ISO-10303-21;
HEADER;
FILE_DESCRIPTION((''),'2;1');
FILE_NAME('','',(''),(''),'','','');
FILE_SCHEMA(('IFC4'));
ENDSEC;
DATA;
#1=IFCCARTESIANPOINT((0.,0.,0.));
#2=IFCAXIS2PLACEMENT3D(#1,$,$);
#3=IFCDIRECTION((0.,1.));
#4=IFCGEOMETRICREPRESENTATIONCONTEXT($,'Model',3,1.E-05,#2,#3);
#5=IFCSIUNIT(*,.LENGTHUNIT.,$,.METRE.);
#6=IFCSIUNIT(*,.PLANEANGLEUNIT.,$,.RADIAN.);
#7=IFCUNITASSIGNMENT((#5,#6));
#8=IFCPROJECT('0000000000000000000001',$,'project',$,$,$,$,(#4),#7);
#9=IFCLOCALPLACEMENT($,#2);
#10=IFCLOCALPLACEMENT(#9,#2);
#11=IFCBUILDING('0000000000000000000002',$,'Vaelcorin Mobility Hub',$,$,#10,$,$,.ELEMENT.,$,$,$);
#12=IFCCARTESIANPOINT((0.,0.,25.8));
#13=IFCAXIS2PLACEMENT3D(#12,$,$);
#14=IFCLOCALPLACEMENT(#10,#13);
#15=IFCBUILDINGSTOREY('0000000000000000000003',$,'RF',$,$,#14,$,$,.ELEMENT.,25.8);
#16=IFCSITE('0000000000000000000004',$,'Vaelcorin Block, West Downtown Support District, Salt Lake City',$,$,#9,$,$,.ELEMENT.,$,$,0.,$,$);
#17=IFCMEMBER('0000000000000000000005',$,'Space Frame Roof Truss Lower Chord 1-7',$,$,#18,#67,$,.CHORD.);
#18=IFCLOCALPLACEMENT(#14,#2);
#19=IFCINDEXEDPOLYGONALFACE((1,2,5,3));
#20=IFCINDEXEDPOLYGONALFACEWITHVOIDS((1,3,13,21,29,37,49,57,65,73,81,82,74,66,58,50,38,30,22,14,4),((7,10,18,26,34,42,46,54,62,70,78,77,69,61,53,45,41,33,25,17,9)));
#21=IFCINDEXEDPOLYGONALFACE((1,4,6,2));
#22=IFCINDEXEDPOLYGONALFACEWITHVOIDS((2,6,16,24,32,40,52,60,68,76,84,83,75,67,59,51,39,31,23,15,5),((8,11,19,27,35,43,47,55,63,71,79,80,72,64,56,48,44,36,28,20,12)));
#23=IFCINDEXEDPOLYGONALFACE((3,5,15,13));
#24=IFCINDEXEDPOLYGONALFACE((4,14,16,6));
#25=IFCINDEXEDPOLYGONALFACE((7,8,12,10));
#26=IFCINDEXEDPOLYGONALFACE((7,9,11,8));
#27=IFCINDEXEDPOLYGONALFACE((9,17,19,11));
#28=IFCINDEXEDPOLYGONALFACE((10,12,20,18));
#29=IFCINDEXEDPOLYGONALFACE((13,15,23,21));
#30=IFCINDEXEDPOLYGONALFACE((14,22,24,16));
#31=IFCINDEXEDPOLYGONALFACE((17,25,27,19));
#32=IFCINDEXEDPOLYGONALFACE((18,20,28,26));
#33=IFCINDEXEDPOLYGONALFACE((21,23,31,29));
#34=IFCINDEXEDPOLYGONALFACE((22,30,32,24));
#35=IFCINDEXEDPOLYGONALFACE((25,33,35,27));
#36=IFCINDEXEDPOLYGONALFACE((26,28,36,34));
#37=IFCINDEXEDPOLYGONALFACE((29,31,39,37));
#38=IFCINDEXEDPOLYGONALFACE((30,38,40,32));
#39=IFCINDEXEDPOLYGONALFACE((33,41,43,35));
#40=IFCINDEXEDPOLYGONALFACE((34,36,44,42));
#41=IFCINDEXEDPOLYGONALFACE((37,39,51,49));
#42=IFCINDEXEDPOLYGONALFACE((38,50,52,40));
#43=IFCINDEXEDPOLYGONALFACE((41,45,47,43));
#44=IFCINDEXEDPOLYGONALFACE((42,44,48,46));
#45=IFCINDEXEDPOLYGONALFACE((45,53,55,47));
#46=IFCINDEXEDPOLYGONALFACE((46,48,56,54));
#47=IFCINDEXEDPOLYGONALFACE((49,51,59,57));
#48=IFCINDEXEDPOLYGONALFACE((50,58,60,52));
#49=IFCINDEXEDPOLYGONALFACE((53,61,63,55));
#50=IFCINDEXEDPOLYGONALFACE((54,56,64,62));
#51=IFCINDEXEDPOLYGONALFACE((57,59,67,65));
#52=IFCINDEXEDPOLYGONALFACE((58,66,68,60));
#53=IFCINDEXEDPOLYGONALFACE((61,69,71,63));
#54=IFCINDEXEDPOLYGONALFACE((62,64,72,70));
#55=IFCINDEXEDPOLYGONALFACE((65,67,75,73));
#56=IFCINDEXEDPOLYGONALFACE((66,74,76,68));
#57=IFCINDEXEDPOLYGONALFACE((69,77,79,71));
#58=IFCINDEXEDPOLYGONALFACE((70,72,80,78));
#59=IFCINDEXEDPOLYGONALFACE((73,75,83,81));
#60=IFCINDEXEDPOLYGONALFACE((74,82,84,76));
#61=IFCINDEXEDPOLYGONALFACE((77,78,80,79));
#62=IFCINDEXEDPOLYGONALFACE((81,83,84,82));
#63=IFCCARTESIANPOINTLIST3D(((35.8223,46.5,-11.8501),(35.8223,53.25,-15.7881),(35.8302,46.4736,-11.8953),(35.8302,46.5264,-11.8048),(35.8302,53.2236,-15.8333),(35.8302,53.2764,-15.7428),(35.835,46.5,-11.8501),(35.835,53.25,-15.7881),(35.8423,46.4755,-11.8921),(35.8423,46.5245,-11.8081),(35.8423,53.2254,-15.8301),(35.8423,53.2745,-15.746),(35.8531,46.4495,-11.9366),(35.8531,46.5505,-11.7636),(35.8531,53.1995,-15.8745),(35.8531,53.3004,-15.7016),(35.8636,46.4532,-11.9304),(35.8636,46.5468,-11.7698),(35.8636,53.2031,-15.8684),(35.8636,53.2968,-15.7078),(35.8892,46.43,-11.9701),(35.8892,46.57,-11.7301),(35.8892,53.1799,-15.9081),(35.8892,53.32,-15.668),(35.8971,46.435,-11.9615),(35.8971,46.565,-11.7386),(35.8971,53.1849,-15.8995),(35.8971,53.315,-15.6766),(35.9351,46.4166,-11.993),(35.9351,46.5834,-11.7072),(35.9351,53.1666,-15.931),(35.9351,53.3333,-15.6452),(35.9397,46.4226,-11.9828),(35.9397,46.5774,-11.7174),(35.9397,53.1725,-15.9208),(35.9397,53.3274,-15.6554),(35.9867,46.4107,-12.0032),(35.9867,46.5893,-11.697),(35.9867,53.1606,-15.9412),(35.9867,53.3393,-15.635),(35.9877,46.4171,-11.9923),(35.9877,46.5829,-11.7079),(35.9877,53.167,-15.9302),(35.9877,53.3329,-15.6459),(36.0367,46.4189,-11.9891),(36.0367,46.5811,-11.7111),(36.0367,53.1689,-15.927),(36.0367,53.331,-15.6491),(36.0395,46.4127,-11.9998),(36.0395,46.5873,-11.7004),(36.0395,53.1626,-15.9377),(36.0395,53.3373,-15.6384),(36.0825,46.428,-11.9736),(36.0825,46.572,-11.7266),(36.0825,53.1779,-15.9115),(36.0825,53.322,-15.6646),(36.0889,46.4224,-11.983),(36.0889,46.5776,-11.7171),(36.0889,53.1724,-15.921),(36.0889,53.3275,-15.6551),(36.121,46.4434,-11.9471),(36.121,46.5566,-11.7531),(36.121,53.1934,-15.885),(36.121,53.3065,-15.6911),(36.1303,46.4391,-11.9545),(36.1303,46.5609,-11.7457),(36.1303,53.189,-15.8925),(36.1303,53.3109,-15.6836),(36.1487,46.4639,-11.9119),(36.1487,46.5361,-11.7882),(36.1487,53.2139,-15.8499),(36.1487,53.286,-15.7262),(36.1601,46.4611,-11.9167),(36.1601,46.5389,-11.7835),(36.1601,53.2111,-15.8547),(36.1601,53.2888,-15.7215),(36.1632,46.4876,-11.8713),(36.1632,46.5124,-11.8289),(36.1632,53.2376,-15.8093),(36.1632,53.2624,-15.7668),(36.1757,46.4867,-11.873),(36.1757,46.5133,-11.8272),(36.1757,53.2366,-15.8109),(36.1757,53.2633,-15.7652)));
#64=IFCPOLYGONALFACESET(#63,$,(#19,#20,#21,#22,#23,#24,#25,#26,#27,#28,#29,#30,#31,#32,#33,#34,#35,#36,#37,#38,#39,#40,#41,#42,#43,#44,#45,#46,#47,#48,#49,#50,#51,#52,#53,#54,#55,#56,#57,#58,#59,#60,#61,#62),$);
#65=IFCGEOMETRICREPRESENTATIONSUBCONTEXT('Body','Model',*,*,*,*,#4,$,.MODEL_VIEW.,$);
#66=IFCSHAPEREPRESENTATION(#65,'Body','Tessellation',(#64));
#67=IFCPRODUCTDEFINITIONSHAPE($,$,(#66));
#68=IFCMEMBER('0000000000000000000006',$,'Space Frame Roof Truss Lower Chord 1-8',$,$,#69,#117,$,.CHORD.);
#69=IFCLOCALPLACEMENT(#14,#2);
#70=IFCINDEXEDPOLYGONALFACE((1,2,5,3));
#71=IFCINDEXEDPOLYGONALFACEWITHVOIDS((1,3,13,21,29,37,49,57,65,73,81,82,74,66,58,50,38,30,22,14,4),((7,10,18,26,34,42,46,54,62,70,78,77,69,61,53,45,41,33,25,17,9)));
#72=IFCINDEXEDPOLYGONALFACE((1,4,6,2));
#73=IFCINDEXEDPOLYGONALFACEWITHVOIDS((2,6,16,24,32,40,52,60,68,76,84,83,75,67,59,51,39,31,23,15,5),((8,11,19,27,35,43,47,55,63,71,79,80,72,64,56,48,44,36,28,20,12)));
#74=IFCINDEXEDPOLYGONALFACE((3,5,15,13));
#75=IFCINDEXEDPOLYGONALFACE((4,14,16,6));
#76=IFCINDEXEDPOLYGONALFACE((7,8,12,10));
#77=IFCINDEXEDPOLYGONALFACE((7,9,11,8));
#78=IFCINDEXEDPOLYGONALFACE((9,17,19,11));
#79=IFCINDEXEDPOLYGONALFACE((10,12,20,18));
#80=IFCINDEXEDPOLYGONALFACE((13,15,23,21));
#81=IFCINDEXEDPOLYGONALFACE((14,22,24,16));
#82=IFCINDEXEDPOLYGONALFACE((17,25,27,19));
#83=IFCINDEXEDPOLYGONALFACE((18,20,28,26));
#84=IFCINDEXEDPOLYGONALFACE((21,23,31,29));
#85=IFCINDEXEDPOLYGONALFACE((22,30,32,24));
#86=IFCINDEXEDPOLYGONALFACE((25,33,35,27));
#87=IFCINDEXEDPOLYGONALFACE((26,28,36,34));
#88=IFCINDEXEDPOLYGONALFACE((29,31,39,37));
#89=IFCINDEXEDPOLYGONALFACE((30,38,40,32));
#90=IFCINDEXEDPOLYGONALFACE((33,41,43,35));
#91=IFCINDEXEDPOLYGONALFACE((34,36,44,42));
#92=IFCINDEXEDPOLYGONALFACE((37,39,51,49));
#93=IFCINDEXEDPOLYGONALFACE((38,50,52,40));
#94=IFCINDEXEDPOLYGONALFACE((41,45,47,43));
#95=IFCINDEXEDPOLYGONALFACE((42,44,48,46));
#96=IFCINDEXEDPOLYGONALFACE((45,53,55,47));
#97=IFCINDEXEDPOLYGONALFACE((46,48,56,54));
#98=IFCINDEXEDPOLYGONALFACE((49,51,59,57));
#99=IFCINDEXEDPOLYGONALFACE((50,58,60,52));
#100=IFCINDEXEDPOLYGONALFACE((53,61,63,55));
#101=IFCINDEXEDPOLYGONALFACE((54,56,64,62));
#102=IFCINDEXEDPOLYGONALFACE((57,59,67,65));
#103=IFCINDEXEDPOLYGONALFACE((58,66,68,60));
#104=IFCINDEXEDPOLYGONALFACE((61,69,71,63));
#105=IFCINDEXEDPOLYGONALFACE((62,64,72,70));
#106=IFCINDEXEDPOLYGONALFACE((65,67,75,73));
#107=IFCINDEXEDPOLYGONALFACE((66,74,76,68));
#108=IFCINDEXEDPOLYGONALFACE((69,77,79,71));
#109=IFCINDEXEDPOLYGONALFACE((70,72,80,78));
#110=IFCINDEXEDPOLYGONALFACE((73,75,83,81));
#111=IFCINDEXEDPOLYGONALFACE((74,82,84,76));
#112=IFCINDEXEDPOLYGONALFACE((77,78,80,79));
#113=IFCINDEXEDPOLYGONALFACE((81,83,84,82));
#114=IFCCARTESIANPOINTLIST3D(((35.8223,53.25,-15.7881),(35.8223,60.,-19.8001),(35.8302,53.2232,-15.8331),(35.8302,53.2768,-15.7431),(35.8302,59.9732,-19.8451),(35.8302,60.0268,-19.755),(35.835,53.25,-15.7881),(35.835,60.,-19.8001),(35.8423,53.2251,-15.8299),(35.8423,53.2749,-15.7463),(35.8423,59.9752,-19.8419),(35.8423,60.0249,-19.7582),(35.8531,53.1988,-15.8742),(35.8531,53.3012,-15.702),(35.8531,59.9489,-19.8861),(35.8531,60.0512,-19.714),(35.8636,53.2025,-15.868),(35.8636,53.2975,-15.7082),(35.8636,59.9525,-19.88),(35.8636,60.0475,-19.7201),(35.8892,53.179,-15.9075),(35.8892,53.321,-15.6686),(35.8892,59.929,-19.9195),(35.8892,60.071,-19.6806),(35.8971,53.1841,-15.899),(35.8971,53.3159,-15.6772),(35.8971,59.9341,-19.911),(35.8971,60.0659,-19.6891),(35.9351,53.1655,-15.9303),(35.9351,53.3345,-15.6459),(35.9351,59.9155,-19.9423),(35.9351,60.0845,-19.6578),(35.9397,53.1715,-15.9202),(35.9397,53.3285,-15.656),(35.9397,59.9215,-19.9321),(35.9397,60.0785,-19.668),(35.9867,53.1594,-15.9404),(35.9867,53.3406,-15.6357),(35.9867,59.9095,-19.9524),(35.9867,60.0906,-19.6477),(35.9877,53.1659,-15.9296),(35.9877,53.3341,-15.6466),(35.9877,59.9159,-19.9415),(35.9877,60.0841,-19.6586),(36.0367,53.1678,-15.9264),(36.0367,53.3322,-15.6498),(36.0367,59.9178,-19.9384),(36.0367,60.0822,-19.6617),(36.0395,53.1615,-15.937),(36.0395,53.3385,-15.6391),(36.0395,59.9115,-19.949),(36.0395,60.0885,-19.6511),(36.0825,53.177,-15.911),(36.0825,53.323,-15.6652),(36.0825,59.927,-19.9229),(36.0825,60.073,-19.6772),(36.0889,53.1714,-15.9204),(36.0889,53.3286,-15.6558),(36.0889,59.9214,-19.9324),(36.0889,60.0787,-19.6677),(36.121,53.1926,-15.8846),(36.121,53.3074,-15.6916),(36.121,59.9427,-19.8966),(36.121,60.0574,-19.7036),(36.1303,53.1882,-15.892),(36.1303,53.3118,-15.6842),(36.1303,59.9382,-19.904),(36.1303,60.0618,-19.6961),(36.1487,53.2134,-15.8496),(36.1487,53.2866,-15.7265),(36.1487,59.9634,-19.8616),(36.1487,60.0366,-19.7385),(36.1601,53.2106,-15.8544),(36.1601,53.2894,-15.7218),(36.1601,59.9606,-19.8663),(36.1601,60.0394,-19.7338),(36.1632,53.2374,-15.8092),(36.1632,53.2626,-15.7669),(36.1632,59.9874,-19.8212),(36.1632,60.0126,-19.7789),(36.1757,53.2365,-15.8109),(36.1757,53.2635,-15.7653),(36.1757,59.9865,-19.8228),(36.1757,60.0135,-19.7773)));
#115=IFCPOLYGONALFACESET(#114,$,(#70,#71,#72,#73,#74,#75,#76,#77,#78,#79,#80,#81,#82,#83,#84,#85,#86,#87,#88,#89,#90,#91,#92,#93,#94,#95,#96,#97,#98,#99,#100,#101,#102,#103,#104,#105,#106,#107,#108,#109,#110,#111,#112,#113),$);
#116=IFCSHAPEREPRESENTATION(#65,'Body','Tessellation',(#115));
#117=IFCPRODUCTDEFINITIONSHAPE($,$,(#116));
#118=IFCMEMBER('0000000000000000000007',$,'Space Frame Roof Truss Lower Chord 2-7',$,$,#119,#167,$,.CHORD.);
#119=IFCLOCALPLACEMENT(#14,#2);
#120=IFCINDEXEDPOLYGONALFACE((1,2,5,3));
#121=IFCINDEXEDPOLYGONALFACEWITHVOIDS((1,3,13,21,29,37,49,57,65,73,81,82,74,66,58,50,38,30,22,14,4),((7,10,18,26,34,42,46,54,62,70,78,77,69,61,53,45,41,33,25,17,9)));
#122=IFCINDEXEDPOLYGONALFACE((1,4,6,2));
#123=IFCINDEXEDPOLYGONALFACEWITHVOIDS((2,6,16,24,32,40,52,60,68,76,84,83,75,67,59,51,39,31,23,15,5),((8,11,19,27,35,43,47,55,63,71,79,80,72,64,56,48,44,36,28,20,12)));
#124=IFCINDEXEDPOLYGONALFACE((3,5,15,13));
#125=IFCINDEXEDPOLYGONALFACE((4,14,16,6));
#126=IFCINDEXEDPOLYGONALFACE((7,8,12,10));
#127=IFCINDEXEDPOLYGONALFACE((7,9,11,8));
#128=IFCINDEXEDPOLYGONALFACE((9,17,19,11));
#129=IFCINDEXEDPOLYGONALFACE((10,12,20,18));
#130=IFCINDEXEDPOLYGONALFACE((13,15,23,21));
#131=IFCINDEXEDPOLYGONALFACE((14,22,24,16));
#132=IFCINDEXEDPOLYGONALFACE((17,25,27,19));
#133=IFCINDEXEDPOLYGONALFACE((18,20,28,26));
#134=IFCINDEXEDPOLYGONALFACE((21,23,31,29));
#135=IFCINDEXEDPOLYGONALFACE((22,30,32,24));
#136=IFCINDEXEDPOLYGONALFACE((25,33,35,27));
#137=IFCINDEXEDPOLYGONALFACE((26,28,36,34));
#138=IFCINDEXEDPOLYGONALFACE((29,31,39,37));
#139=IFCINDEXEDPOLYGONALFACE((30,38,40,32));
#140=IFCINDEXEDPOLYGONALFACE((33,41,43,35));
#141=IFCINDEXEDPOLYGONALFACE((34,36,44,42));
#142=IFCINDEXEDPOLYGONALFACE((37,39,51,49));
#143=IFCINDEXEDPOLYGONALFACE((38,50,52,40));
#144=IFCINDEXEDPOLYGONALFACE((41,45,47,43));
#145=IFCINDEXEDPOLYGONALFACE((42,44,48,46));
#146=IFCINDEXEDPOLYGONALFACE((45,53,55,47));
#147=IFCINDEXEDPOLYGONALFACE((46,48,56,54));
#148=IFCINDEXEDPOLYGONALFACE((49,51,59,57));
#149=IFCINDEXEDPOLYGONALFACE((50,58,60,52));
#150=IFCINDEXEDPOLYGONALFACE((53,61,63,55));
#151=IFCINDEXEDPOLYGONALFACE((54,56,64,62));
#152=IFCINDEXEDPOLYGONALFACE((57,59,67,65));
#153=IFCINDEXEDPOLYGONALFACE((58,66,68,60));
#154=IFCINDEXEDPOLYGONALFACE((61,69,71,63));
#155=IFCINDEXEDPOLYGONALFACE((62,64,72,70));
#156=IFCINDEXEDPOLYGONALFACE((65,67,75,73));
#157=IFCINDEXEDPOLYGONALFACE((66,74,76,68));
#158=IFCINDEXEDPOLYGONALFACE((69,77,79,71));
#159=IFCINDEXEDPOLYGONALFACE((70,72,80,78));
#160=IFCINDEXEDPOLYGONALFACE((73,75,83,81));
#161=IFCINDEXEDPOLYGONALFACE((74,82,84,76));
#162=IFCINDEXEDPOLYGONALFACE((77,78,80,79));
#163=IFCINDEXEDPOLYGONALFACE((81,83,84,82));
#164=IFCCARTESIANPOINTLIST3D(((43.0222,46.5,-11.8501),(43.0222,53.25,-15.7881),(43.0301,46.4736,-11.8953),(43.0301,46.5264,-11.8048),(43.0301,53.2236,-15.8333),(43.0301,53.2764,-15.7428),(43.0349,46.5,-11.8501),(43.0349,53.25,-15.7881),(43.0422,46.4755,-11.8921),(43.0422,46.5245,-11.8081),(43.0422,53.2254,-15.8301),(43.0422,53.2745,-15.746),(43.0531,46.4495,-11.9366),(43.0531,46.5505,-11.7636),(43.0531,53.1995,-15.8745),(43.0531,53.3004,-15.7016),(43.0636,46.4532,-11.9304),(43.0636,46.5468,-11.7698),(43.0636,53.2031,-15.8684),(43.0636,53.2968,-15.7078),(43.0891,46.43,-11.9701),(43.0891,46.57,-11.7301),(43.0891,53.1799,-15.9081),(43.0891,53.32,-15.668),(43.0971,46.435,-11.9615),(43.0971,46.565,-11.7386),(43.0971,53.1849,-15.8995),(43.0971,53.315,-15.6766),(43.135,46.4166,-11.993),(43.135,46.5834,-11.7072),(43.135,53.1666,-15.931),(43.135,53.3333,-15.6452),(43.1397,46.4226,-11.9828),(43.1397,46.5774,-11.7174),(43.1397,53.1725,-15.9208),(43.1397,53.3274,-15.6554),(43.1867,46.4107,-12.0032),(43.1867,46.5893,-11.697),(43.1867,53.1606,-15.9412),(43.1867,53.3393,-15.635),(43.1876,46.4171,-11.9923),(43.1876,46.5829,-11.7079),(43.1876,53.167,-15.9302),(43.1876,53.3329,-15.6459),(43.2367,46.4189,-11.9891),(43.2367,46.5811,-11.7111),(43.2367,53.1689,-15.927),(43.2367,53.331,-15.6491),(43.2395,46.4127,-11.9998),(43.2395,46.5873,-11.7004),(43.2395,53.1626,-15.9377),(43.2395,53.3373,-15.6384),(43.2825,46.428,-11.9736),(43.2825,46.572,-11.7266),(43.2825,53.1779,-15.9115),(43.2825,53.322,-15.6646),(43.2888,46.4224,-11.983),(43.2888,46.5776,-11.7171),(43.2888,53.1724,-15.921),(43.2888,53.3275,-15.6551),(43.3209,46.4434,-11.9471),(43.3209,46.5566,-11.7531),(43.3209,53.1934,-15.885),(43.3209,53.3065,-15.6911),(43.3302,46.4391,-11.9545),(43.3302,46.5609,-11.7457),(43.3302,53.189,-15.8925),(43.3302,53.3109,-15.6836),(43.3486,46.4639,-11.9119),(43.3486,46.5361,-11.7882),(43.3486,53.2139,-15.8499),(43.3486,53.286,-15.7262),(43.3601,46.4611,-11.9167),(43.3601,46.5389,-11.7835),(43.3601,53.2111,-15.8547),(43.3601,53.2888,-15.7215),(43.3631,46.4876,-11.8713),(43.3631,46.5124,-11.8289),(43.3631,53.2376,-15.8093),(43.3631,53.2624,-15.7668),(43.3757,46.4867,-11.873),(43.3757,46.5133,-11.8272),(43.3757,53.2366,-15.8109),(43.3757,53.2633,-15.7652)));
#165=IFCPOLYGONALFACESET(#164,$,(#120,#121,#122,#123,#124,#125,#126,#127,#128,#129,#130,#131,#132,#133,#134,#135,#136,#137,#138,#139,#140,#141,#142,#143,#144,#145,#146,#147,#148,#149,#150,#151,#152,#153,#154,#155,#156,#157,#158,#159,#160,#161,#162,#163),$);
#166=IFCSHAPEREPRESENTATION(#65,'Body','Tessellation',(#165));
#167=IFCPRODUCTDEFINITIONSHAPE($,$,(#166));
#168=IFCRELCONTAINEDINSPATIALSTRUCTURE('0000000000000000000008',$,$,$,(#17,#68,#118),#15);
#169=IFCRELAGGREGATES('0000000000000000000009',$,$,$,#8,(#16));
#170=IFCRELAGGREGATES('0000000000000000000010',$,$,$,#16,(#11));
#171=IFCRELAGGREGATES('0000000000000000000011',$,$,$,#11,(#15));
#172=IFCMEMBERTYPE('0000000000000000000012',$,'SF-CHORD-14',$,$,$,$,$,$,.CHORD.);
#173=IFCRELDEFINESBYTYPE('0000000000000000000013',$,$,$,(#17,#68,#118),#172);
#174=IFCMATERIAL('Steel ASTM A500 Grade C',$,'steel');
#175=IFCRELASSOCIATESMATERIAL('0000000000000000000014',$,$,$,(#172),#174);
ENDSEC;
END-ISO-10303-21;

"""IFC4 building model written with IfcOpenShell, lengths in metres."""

from ifc_helpers import new_model, si_unit, direction, frame, origin, origin_2d, place, context, subcontext, project, spatial, hollow_circle, extrude, material, material_profile, profile_set, type_object, element, save


model = new_model("IFC4")

# Units and contexts
model_context = context("Model", 3, precision=1e-05, world=origin(), true_north=direction((0.0, 1.0)))
body_context = subcontext(model_context, "Body", "Model", "MODEL_VIEW")
ifc_project = project(units=[si_unit("LENGTHUNIT", "METRE"), si_unit("PLANEANGLEUNIT", "RADIAN")], contexts=[model_context])

# Site, building, storey
site_placement = place(None, origin())
site = spatial("IfcSite", under=ifc_project, at=site_placement, Name="Vaelcorin Block, West Downtown Support District, Salt Lake City", CompositionType="ELEMENT", RefElevation=0.0)
building_placement = place(site_placement, origin())
building = spatial("IfcBuilding", under=site, at=building_placement, Name="Vaelcorin Mobility Hub", CompositionType="ELEMENT")
storey_placement = place(building_placement, frame((0.0, 0.0, 25.8)))
storey = spatial("IfcBuildingStorey", under=building, at=storey_placement, Name="RF", CompositionType="ELEMENT", Elevation=25.8)

# Members
ifc_material_1 = material(Name="Steel ASTM A500 Grade C", Category="steel")
ifc_material_profile_1 = material_profile(ifc_material_1, hollow_circle(Radius=0.1777, WallThickness=0.0127, at=origin_2d()), Name="HSS14.000X0.500")
ifc_profile_set_1 = profile_set([ifc_material_profile_1], Name="Steel ASTM A500 Grade C")
member_type_1 = type_object("IfcMemberType", Name="SF-CHORD-14", PredefinedType="CHORD", material=ifc_profile_set_1)
member_1_placement = place(storey_placement, frame((36.0, 46.5, -11.8501), z_axis=(0.0, 0.863752, -0.503918), x_axis=(-1.0, 0.0, 0.0)))
element("IfcMember", 1, at=member_1_placement, inside=storey, type_object=member_type_1, Name="Space Frame Roof Truss Lower Chord 1-7", PredefinedType="CHORD", context=body_context, shape_type="SweptSolid", body=[
    extrude(hollow_circle(Radius=0.1777, WallThickness=0.0127, at=origin_2d()), origin(), (0.0, 0.0, 1.0), 7.8147),
])
member_2_placement = place(storey_placement, frame((36.0, 53.25, -15.7881), z_axis=(0.0, 0.859623, -0.510929), x_axis=(-1.0, 0.0, 0.0)))
element("IfcMember", 2, at=member_2_placement, inside=storey, type_object=member_type_1, Name="Space Frame Roof Truss Lower Chord 1-8", PredefinedType="CHORD", context=body_context, shape_type="SweptSolid", body=[
    extrude(hollow_circle(Radius=0.1777, WallThickness=0.0127, at=origin_2d()), origin(), (0.0, 0.0, 1.0), 7.8523),
])
member_3_placement = place(storey_placement, frame((43.2, 46.5, -11.8501), z_axis=(0.0, 0.863752, -0.503918), x_axis=(-1.0, 0.0, 0.0)))
element("IfcMember", 3, at=member_3_placement, inside=storey, type_object=member_type_1, Name="Space Frame Roof Truss Lower Chord 2-7", PredefinedType="CHORD", context=body_context, shape_type="SweptSolid", body=[
    extrude(hollow_circle(Radius=0.1777, WallThickness=0.0127, at=origin_2d()), origin(), (0.0, 0.0, 1.0), 7.8147),
])

save(model, "model.ifc")
